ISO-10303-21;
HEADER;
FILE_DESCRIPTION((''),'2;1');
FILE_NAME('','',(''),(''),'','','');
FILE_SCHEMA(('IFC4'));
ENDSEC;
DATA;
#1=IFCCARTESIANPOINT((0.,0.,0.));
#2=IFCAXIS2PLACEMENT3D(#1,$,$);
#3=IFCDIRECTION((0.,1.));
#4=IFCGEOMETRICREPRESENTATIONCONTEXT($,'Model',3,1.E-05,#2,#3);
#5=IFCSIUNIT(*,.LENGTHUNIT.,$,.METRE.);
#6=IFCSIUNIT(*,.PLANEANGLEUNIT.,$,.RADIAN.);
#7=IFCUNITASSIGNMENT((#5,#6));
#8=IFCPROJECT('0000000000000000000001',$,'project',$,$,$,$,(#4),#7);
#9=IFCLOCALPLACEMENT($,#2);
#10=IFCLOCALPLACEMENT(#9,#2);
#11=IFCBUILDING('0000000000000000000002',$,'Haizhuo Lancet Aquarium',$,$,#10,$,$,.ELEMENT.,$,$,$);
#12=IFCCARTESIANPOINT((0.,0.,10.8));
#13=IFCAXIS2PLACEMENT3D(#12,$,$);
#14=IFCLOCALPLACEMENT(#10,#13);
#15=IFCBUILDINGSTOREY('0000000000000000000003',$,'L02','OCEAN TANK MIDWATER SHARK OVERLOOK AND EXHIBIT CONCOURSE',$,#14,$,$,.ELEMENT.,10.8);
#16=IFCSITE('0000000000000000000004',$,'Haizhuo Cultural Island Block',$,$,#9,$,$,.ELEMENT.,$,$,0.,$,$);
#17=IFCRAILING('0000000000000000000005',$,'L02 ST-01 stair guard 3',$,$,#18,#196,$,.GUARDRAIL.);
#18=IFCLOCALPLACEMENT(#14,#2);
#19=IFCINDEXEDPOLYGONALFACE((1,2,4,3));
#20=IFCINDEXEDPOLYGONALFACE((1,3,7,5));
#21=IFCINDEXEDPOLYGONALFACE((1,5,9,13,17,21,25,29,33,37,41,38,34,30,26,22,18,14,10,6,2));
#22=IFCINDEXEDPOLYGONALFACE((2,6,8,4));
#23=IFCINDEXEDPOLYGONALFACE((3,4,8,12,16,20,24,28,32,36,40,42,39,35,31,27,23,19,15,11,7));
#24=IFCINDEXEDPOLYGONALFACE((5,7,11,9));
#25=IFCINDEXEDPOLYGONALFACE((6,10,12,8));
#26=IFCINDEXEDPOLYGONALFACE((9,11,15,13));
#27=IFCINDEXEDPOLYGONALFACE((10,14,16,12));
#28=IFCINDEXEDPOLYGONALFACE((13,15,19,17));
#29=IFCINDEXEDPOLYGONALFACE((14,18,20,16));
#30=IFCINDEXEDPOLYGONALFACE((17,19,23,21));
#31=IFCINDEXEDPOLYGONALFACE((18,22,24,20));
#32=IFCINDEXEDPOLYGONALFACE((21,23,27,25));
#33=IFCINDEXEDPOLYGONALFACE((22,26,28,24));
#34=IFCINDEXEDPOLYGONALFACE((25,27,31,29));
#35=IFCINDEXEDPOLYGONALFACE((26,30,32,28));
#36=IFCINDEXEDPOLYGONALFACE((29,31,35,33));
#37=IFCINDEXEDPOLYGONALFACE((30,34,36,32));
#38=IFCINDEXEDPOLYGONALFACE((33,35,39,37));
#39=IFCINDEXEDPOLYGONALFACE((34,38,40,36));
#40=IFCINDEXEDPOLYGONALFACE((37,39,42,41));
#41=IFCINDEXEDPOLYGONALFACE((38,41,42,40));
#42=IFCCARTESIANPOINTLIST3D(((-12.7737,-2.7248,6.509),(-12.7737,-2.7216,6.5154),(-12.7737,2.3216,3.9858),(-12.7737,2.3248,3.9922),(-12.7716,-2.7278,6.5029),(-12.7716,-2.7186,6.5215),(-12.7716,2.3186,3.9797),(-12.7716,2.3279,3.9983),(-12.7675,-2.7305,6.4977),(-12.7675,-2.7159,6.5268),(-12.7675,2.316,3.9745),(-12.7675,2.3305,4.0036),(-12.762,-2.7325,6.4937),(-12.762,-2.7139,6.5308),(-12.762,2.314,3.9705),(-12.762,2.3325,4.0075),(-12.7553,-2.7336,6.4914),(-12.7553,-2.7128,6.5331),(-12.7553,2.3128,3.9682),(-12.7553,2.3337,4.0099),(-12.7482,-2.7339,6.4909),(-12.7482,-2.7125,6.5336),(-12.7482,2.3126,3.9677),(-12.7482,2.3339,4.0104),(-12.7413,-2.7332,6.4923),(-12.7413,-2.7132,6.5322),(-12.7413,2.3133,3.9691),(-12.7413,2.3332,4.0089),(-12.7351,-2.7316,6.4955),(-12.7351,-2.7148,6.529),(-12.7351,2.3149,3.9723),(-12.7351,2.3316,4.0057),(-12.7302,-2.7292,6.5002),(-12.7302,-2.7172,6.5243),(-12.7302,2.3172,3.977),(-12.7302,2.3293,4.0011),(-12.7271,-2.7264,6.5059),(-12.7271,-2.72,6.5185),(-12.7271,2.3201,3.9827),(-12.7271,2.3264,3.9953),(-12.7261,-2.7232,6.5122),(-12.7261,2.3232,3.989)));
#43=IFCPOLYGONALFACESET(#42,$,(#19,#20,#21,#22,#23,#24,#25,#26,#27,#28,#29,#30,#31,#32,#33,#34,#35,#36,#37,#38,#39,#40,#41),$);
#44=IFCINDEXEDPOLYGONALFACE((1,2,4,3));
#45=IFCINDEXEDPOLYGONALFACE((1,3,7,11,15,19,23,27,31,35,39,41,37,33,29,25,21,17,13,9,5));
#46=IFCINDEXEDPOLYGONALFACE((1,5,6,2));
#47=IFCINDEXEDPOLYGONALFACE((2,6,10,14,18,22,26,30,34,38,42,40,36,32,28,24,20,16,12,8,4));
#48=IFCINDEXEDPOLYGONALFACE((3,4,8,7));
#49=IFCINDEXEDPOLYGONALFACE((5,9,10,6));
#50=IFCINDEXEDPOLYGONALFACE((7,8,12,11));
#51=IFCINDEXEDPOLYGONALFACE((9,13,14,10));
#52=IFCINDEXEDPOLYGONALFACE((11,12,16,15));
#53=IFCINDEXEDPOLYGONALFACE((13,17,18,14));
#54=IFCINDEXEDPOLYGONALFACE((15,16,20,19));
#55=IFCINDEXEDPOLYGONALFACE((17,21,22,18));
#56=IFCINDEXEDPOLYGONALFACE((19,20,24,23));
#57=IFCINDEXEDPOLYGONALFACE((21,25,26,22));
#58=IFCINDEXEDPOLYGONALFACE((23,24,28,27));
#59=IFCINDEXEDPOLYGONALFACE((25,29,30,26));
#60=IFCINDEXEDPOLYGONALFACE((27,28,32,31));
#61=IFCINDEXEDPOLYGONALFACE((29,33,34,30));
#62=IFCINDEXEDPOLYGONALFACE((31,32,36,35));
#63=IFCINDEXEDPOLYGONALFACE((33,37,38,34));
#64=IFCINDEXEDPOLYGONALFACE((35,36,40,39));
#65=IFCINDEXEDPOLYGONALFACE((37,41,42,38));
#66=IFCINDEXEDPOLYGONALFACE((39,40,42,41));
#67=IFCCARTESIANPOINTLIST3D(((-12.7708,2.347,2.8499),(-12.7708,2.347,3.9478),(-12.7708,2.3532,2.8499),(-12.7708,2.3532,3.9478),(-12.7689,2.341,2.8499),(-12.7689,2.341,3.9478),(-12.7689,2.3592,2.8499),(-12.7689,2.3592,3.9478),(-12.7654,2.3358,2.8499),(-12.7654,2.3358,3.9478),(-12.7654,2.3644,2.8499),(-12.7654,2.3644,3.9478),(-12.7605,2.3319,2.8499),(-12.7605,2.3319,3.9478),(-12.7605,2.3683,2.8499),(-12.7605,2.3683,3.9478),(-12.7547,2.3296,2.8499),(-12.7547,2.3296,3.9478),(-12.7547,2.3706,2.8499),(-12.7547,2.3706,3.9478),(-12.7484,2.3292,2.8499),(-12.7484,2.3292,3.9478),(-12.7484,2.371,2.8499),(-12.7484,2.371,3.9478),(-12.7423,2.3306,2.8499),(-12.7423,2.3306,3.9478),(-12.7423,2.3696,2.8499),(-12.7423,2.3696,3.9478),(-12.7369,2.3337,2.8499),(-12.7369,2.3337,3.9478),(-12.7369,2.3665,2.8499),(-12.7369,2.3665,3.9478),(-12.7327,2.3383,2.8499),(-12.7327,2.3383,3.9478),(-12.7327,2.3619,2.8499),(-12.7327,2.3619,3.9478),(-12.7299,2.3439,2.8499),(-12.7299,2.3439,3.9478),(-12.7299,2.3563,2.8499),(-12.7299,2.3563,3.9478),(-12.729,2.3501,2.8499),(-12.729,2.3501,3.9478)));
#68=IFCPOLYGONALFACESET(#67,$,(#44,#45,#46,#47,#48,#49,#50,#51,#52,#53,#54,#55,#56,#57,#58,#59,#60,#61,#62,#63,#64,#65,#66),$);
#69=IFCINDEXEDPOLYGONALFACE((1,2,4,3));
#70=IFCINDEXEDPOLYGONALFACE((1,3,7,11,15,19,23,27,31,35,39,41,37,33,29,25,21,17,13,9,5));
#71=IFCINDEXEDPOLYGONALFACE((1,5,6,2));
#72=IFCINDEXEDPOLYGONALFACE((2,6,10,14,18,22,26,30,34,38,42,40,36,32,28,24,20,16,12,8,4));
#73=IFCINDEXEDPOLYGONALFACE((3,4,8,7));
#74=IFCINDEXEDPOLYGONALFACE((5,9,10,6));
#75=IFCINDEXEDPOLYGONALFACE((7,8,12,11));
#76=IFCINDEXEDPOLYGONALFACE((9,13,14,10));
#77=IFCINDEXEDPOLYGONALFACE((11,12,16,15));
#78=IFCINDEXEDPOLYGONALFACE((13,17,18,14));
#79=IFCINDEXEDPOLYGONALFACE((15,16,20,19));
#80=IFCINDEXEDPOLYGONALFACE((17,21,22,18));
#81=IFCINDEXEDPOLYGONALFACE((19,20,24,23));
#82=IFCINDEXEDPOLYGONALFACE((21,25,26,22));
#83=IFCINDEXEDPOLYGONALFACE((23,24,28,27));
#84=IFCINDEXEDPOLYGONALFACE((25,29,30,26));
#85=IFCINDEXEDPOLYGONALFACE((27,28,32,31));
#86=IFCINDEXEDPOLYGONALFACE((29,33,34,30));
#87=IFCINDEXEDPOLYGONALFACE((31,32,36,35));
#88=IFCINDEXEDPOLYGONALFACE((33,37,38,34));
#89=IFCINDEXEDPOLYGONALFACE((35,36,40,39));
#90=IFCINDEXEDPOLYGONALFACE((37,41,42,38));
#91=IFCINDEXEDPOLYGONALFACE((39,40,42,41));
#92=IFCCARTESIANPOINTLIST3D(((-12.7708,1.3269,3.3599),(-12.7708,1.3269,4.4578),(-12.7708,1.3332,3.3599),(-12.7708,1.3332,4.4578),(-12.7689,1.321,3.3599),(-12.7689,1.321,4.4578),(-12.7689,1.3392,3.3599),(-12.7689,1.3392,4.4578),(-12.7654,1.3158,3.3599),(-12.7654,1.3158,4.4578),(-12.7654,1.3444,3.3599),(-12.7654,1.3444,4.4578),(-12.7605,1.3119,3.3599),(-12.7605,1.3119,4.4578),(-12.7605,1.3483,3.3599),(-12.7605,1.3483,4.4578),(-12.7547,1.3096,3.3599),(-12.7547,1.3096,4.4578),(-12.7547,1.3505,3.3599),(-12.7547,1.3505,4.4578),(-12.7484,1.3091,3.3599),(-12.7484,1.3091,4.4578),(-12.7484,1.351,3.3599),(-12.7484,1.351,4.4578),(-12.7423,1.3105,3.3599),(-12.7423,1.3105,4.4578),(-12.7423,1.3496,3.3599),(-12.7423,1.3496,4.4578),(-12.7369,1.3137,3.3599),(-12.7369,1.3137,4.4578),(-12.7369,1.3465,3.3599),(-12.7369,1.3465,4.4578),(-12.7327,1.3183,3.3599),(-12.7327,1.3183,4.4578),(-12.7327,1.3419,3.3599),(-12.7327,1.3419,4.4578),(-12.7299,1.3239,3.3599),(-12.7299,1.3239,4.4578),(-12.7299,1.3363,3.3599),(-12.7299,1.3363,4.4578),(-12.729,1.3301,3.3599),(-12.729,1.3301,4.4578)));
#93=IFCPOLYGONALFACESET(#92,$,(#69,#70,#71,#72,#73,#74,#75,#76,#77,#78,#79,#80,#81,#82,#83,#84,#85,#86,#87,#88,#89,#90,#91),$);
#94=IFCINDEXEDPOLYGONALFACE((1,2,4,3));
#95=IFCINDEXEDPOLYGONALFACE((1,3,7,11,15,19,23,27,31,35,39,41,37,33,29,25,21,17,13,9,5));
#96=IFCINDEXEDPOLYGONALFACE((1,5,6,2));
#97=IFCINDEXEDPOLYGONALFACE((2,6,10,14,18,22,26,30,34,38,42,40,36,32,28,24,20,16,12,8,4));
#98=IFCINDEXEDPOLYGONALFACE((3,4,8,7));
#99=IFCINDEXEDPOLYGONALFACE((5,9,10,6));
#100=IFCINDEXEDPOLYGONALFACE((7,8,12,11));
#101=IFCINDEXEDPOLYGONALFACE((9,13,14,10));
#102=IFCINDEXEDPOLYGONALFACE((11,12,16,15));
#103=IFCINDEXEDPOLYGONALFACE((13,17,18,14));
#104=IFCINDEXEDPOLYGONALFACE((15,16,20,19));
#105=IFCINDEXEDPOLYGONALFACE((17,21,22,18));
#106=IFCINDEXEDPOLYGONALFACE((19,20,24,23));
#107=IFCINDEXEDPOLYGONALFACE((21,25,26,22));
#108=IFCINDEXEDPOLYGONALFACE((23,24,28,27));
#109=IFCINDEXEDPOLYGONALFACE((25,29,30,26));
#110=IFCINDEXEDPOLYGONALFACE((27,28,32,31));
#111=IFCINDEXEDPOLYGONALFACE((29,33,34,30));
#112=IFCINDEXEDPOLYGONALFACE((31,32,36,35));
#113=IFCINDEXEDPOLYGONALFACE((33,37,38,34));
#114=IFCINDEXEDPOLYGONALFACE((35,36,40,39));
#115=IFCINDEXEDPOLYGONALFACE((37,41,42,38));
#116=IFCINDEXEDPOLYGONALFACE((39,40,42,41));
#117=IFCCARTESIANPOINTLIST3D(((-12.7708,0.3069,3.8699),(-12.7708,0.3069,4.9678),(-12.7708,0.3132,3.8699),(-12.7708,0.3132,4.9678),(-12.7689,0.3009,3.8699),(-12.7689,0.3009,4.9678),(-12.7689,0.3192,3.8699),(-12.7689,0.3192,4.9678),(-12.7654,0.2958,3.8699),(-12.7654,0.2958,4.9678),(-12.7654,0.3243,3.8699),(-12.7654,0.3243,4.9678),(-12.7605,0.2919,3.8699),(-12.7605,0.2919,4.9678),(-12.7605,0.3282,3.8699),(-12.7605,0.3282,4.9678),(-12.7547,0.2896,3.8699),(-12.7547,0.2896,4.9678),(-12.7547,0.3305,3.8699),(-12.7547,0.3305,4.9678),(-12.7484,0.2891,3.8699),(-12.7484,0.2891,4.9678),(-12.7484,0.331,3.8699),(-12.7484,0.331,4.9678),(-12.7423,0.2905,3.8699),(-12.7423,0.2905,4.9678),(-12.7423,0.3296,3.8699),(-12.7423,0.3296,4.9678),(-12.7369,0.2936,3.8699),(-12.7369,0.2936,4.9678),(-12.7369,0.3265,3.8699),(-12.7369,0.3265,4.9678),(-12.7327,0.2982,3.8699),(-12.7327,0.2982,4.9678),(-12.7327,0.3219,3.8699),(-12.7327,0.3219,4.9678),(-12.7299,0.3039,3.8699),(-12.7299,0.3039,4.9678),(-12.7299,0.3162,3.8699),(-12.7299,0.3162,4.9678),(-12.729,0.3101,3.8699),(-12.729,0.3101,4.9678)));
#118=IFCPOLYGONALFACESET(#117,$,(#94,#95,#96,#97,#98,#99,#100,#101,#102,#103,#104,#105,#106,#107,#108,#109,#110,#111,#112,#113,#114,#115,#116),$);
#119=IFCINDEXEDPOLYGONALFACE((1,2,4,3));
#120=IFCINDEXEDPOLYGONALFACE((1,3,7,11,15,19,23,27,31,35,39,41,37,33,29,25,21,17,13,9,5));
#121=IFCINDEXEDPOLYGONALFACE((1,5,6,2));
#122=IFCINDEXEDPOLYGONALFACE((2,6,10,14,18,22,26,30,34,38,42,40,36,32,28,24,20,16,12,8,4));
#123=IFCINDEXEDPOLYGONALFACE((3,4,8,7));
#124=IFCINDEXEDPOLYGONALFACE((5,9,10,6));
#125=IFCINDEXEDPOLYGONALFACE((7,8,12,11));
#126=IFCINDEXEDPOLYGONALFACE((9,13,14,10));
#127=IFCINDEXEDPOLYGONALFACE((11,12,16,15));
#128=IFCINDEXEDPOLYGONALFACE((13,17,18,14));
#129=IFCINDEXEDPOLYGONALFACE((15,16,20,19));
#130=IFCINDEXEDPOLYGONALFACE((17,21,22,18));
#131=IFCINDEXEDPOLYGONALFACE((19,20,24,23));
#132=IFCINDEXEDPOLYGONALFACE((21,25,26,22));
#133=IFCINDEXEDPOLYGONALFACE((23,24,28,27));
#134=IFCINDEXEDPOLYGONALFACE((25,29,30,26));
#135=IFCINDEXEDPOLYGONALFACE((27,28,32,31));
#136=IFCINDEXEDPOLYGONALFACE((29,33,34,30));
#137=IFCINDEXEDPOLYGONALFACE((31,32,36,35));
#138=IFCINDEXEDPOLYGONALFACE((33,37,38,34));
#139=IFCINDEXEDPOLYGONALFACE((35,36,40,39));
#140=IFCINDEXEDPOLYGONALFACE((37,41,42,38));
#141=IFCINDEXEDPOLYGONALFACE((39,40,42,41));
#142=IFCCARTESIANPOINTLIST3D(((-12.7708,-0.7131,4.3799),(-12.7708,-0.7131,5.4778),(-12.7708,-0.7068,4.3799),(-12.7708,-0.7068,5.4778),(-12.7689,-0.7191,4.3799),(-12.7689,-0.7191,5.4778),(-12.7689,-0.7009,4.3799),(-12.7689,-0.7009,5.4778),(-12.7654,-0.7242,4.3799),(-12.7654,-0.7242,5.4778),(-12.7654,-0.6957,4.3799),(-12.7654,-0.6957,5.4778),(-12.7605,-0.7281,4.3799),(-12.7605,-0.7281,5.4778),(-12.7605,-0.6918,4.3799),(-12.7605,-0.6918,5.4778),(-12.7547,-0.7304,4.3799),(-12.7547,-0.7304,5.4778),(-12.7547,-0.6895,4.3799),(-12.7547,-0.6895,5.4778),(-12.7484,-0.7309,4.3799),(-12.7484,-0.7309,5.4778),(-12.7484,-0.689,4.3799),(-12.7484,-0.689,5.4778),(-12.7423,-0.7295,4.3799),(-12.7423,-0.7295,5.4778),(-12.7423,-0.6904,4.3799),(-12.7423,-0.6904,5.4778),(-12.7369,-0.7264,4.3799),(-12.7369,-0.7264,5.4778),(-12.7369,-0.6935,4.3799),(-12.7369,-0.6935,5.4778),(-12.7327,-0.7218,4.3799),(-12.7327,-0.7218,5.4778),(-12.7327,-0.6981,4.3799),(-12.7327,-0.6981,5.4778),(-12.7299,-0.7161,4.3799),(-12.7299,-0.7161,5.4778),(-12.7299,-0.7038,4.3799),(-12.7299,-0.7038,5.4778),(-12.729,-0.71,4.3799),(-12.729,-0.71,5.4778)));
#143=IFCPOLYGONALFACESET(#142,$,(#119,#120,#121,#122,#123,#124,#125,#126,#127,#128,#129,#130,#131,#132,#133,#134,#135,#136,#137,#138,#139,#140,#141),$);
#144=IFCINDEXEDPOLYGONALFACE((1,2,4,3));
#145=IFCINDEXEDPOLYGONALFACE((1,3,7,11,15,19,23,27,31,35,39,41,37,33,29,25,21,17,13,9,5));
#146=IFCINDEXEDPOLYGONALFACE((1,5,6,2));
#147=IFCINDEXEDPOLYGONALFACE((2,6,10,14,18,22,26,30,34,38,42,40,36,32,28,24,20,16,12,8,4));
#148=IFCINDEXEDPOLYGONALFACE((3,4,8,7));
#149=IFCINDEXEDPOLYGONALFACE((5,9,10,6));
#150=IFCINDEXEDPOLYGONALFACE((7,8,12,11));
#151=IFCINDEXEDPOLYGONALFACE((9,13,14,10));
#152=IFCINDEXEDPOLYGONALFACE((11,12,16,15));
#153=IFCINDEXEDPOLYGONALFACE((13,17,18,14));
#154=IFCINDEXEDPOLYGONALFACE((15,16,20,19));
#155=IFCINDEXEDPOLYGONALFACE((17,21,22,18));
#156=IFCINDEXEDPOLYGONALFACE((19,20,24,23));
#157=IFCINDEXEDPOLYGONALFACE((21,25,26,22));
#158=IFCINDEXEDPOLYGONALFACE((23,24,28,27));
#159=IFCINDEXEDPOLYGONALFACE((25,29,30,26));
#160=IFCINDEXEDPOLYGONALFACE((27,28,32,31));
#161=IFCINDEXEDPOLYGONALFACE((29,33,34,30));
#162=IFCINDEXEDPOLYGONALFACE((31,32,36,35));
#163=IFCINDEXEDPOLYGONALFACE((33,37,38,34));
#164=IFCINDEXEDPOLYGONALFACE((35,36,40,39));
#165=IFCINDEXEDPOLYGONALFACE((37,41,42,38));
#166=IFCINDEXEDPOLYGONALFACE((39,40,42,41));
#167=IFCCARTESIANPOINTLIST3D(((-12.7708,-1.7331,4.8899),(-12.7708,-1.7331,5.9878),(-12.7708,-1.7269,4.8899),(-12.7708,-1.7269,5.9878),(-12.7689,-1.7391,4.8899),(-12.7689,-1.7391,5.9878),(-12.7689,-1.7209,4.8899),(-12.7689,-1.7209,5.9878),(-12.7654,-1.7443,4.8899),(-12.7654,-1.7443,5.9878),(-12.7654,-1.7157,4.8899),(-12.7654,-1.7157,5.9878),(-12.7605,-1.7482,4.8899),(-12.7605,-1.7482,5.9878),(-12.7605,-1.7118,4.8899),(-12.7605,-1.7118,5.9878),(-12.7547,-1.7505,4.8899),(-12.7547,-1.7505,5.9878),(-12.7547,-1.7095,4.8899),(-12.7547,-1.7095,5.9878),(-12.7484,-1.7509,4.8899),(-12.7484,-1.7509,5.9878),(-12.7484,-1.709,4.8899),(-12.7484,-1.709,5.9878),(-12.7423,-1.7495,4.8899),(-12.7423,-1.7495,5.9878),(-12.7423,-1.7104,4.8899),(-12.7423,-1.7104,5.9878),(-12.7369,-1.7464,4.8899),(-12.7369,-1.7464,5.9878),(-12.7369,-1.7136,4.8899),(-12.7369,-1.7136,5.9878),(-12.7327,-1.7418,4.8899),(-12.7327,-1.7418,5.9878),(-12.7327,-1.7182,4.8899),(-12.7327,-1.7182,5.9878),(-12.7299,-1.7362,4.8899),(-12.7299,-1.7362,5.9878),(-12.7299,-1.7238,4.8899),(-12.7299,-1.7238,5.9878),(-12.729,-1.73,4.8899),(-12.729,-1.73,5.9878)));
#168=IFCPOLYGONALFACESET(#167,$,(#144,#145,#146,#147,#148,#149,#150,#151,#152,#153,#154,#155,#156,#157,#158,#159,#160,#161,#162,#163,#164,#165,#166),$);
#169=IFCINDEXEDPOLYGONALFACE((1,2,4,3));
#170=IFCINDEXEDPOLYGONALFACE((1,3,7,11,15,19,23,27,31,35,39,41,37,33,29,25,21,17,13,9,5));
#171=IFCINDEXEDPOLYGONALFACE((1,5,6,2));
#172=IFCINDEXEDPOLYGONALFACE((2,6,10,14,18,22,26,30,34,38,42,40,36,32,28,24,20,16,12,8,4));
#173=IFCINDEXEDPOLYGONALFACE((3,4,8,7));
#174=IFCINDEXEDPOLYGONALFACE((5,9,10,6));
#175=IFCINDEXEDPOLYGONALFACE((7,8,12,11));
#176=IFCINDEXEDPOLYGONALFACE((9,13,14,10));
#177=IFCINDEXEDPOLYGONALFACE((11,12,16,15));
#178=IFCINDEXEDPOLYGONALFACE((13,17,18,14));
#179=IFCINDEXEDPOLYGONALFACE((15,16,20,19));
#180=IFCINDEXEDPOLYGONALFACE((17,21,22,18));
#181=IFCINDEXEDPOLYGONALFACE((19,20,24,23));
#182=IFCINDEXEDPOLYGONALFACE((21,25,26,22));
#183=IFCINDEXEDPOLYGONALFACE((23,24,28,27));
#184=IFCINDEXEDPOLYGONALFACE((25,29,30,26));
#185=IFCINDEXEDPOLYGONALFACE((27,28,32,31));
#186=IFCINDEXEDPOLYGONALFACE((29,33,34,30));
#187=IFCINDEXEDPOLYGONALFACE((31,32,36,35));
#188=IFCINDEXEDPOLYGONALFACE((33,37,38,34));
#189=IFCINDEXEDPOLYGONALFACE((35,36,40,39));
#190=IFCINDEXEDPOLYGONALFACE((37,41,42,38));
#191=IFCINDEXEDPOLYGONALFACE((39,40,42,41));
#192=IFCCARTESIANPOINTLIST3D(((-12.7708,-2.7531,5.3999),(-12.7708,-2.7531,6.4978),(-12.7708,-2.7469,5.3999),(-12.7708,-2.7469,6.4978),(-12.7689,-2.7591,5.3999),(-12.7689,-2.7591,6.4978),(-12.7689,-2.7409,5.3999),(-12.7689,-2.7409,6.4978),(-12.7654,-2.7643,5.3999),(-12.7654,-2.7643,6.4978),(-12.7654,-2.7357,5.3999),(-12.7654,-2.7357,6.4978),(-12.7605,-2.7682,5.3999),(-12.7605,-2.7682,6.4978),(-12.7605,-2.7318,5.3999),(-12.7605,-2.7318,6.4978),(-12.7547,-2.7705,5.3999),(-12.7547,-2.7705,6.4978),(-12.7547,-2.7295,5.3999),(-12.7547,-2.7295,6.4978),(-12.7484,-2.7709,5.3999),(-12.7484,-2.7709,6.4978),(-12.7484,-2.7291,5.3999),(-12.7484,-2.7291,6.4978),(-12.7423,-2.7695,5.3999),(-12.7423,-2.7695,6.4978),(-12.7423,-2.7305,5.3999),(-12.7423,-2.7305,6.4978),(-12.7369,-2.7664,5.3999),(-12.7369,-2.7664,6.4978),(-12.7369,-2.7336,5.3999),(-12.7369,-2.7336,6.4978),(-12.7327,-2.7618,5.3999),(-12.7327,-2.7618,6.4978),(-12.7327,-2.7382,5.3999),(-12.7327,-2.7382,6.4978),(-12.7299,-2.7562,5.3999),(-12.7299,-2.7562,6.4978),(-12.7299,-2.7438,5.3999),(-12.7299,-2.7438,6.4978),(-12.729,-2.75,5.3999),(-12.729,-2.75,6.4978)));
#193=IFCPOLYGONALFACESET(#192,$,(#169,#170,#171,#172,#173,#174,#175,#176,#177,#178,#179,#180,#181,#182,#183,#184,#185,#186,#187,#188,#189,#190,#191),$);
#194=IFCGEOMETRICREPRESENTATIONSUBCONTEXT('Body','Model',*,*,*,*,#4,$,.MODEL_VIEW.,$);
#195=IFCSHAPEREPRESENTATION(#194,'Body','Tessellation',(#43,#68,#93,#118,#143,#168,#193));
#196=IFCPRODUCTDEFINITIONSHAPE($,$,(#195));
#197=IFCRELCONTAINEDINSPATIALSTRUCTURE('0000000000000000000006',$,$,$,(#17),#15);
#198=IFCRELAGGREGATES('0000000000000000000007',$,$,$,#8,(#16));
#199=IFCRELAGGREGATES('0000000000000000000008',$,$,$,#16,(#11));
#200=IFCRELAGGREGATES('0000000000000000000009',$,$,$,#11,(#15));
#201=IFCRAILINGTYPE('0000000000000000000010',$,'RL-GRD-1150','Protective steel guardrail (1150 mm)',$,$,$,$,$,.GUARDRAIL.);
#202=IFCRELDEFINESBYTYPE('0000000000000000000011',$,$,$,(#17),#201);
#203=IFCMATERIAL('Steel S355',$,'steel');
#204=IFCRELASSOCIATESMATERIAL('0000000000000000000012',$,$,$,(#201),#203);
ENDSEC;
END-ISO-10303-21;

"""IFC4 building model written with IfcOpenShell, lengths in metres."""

from ifc_helpers import new_model, si_unit, direction, frame, origin, origin_2d, place, context, subcontext, project, spatial, circle, extrude, material, type_object, element, save


model = new_model("IFC4")

# Units and contexts
model_context = context("Model", 3, precision=1e-05, world=origin(), true_north=direction((0.0, 1.0)))
body_context = subcontext(model_context, "Body", "Model", "MODEL_VIEW")
ifc_project = project(units=[si_unit("LENGTHUNIT", "METRE"), si_unit("PLANEANGLEUNIT", "RADIAN")], contexts=[model_context])

# Site, building, storey
site_placement = place(None, origin())
site = spatial("IfcSite", under=ifc_project, at=site_placement, Name="Haizhuo Cultural Island Block", CompositionType="ELEMENT", RefElevation=0.0)
building_placement = place(site_placement, origin())
building = spatial("IfcBuilding", under=site, at=building_placement, Name="Haizhuo Lancet Aquarium", CompositionType="ELEMENT")
storey_placement = place(building_placement, frame((0.0, 0.0, 10.8)))
storey = spatial("IfcBuildingStorey", under=building, at=storey_placement, Name="L02", Description="OCEAN TANK MIDWATER SHARK OVERLOOK AND EXHIBIT CONCOURSE", CompositionType="ELEMENT", Elevation=10.8)

# Shared definitions
ifc_material_1 = material(Name="Steel S355", Category="steel")

# Railing
railing_type_1 = type_object("IfcRailingType", Name="RL-GRD-1150", Description="Protective steel guardrail (1150 mm)", PredefinedType="GUARDRAIL", material=ifc_material_1)
railing_1_placement = place(storey_placement, frame((-12.75, 2.3501, 2.8499)))
element("IfcRailing", 1, at=railing_1_placement, inside=storey, type_object=railing_type_1, Name="L02 ST-01 stair guard 3", PredefinedType="GUARDRAIL", context=body_context, shape_type="SweptSolid", body=[
    extrude(circle(Radius=0.0239, at=origin_2d()), frame((0.0, -0.0269, 1.1392), z_axis=(0.0, -0.894427, 0.447214), x_axis=(1.0, 0.0, 0.0)), (0.0, 0.0, 1.0), 5.6421),
    extrude(circle(Radius=0.021, at=origin_2d()), origin(), (0.0, 0.0, 1.0), 1.0979),
    extrude(circle(Radius=0.021, at=origin_2d()), frame((0.0, -1.02, 0.51)), (0.0, 0.0, 1.0), 1.0979),
    extrude(circle(Radius=0.021, at=origin_2d()), frame((0.0, -2.04, 1.02)), (0.0, 0.0, 1.0), 1.0979),
    extrude(circle(Radius=0.021, at=origin_2d()), frame((0.0, -3.0601, 1.53)), (0.0, 0.0, 1.0), 1.0979),
    extrude(circle(Radius=0.021, at=origin_2d()), frame((0.0, -4.0801, 2.04)), (0.0, 0.0, 1.0), 1.0979),
    extrude(circle(Radius=0.021, at=origin_2d()), frame((0.0, -5.1001, 2.55)), (0.0, 0.0, 1.0), 1.0979),
])

save(model, "model.ifc")
